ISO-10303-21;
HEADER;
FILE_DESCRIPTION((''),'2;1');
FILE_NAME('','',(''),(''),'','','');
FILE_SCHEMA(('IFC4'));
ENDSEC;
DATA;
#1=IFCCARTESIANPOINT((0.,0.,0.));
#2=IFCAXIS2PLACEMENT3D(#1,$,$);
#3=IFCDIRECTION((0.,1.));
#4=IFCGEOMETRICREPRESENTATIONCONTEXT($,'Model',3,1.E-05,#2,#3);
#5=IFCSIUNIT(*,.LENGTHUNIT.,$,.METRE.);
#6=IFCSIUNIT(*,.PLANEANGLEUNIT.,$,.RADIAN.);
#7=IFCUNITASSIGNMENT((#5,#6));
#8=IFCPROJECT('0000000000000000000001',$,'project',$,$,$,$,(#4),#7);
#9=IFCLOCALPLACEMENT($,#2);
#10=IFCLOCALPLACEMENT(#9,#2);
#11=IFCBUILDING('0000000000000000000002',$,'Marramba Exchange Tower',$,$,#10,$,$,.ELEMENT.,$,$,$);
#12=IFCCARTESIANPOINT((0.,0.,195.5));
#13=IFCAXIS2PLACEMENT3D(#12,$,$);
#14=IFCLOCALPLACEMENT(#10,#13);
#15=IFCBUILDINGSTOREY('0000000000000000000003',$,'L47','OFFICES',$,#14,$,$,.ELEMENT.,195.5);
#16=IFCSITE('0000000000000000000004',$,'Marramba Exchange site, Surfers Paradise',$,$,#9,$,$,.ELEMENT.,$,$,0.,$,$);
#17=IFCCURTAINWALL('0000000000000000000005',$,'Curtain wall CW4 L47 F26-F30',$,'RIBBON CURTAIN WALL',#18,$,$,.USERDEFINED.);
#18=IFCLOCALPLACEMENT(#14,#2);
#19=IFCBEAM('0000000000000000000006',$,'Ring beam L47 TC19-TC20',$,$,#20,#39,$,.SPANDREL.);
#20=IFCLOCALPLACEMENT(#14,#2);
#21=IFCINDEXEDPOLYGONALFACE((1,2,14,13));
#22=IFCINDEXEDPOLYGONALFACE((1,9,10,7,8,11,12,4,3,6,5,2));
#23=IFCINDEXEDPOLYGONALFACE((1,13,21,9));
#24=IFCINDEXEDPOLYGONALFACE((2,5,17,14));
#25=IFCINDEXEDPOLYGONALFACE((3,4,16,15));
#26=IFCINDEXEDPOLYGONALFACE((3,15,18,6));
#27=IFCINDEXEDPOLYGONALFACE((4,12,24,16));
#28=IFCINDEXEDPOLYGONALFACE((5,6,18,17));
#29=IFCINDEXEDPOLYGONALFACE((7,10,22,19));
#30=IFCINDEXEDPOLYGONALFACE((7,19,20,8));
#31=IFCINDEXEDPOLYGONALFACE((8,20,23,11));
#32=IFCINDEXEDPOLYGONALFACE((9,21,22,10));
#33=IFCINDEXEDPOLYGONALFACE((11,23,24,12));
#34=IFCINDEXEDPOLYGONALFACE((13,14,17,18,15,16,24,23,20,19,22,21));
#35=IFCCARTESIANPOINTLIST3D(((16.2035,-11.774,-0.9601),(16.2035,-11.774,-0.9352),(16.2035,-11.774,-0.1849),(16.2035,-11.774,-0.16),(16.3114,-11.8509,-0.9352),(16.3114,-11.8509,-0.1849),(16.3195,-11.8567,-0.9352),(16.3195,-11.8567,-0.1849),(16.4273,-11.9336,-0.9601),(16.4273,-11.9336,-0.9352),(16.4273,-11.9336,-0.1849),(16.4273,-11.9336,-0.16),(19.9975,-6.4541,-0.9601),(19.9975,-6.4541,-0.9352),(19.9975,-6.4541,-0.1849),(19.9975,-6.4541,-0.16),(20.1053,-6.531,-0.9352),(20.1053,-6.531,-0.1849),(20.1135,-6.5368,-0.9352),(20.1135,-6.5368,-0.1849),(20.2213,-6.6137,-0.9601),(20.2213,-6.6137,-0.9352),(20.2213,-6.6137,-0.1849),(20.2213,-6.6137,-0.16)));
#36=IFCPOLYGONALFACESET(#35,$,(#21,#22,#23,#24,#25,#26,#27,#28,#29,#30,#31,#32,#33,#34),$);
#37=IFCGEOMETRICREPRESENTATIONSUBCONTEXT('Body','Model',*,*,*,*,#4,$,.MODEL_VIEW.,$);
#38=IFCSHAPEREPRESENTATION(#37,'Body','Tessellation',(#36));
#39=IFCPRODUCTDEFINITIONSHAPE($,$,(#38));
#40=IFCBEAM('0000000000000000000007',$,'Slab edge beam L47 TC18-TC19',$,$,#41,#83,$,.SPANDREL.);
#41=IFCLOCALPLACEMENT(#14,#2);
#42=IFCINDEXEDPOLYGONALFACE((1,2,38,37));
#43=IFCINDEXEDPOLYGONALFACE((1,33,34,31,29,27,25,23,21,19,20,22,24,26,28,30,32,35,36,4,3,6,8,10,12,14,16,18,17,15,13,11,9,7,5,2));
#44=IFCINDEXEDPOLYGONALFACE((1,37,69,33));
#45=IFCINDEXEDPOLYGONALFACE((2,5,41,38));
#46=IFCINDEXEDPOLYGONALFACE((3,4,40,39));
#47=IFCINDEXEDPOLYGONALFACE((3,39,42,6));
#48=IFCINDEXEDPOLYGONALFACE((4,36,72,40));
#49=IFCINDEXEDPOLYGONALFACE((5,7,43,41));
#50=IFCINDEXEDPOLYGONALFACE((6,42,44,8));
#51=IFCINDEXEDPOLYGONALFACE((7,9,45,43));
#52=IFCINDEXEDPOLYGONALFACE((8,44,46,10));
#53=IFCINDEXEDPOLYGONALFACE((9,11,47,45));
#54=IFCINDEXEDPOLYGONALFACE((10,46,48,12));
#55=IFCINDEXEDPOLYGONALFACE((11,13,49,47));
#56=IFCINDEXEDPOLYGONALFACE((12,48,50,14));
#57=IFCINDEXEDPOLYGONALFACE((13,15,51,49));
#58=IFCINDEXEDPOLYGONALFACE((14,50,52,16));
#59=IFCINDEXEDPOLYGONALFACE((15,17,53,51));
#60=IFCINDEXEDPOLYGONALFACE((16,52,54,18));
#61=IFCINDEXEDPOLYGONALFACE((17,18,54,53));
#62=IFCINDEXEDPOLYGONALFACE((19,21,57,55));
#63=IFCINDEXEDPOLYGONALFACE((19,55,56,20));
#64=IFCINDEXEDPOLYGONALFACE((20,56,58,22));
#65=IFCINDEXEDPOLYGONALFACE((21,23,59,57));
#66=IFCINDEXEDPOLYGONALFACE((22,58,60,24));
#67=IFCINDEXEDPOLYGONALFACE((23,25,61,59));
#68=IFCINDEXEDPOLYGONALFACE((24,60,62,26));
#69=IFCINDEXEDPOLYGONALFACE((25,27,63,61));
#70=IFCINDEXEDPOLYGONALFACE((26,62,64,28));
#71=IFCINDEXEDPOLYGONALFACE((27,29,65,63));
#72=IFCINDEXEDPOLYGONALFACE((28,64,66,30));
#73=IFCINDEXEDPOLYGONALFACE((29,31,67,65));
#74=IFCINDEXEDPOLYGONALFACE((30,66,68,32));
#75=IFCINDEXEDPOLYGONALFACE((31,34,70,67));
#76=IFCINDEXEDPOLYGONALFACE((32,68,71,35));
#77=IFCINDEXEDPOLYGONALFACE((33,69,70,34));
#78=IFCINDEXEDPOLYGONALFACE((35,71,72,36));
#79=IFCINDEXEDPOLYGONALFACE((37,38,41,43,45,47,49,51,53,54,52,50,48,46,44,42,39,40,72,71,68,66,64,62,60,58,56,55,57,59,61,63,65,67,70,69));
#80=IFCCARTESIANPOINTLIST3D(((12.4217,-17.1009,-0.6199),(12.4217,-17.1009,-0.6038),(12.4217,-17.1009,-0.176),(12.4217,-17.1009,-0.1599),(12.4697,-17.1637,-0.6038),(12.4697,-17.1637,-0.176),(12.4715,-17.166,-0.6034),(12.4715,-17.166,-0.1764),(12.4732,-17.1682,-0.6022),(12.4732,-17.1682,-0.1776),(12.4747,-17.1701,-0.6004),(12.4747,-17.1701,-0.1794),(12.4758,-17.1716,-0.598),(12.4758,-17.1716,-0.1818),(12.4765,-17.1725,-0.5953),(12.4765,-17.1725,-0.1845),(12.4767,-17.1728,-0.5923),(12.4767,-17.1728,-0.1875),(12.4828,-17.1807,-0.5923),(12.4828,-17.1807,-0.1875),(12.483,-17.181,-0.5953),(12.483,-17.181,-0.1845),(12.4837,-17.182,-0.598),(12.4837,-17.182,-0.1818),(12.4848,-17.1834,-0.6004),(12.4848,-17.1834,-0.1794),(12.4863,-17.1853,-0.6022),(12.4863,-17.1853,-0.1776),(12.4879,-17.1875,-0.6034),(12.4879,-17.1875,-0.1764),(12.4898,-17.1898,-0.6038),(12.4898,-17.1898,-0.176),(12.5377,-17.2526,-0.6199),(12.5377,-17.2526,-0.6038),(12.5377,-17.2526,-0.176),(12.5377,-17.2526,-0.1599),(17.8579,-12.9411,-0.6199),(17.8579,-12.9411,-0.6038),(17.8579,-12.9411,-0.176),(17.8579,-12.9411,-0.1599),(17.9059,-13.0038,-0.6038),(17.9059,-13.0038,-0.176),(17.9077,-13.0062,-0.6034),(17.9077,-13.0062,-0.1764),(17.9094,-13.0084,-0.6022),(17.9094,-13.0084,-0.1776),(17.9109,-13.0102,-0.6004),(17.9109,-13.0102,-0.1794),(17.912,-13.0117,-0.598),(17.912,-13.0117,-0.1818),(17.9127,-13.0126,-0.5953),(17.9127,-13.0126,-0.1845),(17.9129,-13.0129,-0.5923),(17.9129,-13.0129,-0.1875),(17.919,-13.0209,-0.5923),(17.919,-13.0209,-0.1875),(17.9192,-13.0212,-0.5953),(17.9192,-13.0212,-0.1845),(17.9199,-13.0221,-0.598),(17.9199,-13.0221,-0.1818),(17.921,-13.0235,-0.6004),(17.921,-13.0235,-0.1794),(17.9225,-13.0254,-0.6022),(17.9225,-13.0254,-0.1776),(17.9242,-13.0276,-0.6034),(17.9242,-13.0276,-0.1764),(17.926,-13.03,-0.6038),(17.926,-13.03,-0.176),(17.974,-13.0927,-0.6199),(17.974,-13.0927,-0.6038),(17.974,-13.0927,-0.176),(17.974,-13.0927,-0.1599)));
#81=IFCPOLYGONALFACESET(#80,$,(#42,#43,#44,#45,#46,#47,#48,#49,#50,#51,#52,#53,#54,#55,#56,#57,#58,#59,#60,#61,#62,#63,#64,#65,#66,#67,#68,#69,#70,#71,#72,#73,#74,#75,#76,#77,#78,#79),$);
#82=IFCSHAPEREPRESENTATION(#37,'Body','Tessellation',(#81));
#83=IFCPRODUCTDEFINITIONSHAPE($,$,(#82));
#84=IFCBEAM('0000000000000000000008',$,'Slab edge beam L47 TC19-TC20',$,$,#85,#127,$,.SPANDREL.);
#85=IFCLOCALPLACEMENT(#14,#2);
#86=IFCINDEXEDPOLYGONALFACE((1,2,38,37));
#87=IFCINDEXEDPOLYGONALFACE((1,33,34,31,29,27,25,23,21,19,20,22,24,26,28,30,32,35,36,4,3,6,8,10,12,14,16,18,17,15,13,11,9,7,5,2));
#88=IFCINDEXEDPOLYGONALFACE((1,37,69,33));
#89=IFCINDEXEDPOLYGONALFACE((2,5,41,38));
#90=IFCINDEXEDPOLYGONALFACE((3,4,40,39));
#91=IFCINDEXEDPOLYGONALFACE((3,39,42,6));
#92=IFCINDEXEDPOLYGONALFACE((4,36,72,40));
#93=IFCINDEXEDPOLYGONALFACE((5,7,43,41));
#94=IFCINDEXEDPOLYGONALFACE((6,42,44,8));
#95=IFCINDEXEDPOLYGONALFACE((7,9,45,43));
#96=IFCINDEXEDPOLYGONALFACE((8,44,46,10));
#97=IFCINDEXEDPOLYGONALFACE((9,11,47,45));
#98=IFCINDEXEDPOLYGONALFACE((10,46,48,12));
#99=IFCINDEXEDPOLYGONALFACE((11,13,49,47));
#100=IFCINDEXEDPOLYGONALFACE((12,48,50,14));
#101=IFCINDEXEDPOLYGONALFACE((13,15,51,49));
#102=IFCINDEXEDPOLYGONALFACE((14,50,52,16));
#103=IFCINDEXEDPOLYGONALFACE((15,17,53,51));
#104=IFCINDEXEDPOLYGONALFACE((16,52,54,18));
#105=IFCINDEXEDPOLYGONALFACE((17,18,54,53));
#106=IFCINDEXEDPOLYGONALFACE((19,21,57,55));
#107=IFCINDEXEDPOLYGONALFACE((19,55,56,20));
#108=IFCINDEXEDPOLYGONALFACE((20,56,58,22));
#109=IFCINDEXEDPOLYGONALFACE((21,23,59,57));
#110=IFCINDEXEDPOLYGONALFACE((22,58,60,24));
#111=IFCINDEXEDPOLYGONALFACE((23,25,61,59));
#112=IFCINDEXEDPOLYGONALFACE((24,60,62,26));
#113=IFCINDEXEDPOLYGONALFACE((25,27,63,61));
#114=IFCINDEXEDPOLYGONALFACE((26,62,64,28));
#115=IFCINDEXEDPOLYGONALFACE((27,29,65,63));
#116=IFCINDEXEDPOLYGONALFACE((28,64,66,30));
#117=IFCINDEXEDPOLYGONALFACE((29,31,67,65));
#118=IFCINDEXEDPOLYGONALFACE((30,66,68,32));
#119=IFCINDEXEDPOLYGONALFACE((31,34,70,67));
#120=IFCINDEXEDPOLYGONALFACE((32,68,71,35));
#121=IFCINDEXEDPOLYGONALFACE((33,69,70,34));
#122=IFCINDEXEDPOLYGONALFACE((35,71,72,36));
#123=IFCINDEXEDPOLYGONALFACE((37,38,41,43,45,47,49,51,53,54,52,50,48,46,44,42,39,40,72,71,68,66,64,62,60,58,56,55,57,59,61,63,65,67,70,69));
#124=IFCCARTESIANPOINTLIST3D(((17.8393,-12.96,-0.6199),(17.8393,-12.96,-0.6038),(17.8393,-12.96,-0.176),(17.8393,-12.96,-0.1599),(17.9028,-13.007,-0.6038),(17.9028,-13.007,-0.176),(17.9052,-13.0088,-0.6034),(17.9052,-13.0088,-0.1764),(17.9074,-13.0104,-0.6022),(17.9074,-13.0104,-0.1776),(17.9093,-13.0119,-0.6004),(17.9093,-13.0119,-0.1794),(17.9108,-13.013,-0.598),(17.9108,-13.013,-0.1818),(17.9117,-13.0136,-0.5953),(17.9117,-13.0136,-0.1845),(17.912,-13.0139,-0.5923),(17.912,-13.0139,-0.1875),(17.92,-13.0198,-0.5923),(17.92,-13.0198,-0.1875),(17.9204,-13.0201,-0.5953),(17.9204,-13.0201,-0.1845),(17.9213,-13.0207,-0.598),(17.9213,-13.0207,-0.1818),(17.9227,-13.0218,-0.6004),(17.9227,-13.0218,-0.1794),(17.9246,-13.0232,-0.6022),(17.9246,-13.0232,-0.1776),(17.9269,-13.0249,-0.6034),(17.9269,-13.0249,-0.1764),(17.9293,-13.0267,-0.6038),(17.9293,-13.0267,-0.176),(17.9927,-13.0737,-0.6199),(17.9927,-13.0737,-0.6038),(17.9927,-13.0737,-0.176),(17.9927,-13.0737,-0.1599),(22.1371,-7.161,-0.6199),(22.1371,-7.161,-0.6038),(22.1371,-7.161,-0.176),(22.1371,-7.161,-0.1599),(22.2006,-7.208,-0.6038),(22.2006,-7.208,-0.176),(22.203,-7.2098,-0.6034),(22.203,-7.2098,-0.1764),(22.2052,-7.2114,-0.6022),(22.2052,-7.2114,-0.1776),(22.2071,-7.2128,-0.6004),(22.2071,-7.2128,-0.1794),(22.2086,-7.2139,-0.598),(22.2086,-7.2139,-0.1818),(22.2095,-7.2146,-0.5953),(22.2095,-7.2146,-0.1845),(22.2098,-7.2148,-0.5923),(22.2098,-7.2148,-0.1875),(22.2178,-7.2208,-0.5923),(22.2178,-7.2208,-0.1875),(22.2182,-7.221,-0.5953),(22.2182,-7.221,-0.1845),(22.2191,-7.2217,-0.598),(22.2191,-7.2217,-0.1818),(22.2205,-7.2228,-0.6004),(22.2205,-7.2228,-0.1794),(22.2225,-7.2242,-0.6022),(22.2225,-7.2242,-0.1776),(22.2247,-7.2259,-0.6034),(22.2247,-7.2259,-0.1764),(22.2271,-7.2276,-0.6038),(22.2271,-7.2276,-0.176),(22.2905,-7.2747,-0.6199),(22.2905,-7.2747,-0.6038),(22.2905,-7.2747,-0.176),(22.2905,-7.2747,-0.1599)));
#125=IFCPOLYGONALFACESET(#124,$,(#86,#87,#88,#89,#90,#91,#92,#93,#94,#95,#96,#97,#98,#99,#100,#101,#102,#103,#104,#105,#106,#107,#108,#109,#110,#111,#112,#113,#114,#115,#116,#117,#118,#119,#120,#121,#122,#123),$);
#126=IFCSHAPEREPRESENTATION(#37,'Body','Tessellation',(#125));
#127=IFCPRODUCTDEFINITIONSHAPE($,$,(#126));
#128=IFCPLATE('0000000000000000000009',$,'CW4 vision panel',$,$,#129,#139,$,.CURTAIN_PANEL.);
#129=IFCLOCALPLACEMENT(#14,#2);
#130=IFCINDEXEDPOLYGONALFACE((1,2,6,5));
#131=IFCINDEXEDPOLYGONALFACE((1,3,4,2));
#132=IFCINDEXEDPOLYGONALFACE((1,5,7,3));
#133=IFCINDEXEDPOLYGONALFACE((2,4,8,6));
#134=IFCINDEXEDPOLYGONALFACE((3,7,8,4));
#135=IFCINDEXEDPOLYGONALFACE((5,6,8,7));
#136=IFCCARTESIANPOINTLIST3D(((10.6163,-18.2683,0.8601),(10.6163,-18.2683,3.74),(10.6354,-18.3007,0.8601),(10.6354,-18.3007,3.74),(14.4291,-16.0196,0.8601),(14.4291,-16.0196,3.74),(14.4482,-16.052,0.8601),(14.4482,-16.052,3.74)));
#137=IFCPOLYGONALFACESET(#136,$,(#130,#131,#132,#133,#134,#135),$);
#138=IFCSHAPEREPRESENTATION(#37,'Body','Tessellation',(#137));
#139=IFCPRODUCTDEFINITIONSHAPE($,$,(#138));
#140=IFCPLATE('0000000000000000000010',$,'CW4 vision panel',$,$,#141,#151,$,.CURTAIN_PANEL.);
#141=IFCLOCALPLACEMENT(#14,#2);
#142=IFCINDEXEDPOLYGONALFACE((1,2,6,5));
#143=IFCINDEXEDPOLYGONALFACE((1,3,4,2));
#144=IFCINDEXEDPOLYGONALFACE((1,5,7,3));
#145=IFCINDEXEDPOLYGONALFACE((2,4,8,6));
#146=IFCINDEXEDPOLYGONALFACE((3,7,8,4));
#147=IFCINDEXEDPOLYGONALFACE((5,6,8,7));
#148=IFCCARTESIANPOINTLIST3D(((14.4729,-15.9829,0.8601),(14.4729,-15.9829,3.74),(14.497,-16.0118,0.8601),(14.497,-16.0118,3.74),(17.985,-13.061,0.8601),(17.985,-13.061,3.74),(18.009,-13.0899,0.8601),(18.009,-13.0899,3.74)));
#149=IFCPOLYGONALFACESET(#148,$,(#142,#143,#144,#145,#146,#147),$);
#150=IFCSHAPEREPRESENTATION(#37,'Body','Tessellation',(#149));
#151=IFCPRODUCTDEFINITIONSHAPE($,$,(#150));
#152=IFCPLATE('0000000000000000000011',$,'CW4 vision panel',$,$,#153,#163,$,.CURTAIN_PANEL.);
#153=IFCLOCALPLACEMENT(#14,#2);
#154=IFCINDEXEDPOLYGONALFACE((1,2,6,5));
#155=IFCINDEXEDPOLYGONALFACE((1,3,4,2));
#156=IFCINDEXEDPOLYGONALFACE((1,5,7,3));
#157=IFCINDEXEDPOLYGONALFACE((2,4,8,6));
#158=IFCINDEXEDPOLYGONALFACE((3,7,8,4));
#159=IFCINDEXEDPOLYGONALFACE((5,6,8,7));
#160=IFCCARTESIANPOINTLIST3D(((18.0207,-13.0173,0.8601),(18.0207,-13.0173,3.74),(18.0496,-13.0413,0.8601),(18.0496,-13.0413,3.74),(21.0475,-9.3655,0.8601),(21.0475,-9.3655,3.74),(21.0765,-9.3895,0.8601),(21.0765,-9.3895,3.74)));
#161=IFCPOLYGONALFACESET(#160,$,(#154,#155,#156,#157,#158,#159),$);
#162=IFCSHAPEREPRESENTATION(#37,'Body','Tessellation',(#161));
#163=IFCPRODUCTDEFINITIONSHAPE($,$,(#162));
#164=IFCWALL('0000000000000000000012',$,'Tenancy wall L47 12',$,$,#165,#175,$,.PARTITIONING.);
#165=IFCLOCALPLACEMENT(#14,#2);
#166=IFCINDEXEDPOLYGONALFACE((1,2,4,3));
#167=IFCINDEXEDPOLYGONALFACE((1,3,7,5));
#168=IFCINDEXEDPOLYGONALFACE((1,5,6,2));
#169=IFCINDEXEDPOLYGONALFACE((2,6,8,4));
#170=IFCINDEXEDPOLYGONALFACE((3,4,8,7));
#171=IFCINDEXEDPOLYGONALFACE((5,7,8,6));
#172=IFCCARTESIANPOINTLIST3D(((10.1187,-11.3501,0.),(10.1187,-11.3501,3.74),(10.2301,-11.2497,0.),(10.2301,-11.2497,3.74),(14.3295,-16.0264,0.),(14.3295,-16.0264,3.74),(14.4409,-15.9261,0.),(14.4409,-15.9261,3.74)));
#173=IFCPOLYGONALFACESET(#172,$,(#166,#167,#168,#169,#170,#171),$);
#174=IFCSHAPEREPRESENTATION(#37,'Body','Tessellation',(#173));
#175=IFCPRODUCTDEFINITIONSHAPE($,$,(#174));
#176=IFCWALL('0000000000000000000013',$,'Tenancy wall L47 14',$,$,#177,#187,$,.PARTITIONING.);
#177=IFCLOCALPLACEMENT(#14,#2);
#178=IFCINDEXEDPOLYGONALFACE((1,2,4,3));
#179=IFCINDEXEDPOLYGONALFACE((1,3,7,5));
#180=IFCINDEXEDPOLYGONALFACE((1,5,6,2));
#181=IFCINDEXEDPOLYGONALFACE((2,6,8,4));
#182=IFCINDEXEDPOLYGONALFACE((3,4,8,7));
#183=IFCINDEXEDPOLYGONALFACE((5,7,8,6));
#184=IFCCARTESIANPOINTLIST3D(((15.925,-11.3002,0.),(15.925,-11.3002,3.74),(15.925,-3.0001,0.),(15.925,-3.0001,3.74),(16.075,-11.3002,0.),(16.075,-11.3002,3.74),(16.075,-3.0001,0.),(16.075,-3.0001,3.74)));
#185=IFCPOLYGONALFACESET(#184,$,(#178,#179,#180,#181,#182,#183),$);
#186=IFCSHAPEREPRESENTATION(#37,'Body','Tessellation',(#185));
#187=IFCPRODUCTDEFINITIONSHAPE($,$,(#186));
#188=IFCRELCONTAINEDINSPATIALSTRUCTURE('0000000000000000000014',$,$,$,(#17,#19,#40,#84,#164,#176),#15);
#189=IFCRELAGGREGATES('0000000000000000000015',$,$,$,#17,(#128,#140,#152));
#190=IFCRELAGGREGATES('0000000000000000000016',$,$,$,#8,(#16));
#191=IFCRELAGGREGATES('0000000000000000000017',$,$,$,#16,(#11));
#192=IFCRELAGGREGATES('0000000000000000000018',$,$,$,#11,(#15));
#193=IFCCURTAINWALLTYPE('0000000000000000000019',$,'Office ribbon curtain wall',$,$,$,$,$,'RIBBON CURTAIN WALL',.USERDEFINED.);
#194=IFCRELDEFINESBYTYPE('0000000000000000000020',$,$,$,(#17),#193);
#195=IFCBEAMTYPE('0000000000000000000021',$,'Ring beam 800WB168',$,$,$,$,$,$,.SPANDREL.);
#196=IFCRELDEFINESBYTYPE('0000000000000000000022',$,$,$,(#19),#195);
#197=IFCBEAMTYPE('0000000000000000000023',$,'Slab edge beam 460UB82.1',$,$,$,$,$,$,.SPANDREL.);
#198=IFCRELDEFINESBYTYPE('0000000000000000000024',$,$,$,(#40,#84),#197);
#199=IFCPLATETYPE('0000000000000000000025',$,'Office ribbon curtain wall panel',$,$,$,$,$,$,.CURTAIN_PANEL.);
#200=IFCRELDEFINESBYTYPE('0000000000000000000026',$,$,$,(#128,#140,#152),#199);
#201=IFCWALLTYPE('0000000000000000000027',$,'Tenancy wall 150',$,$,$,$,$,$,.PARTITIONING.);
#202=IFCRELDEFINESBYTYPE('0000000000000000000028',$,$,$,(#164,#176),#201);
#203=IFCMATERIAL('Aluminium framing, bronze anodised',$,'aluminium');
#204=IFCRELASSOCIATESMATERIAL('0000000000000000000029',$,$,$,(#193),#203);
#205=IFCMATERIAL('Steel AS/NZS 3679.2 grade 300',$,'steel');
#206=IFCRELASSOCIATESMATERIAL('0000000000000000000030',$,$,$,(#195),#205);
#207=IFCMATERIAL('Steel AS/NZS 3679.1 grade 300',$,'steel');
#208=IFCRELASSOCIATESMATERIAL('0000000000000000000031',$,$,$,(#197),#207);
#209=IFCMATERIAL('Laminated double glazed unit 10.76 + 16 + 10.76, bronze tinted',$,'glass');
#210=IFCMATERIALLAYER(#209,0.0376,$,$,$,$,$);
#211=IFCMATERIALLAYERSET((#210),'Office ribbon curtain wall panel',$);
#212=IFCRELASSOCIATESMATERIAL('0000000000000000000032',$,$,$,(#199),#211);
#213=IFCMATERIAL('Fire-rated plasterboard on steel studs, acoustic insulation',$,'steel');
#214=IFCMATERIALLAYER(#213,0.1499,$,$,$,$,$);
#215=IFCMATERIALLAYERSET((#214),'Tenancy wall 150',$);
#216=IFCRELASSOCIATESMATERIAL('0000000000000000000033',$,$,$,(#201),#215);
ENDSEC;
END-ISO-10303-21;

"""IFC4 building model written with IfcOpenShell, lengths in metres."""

from ifc_helpers import new_model, si_unit, direction, frame, frame_2d, origin, origin_2d, place, context, subcontext, project, spatial, rectangle, i_section, extrude, material, layer, layer_set, material_profile, profile_set, type_object, element, aggregate, save


model = new_model("IFC4")

# Units and contexts
model_context = context("Model", 3, precision=1e-05, world=origin(), true_north=direction((0.0, 1.0)))
body_context = subcontext(model_context, "Body", "Model", "MODEL_VIEW")
ifc_project = project(units=[si_unit("LENGTHUNIT", "METRE"), si_unit("PLANEANGLEUNIT", "RADIAN")], contexts=[model_context])

# Site, building, storey
site_placement = place(None, origin())
site = spatial("IfcSite", under=ifc_project, at=site_placement, Name="Marramba Exchange site, Surfers Paradise", CompositionType="ELEMENT", RefElevation=0.0)
building_placement = place(site_placement, origin())
building = spatial("IfcBuilding", under=site, at=building_placement, Name="Marramba Exchange Tower", CompositionType="ELEMENT")
storey_placement = place(building_placement, frame((0.0, 0.0, 195.5)))
storey = spatial("IfcBuildingStorey", under=building, at=storey_placement, Name="L47", Description="OFFICES", CompositionType="ELEMENT", Elevation=195.5)

# Shared definitions
ifc_material_1 = material(Name="Steel AS/NZS 3679.2 grade 300", Category="steel")

# Curtain wall
ifc_material_2 = material(Name="Aluminium framing, bronze anodised", Category="aluminium")
curtain_wall_type = type_object("IfcCurtainWallType", Name="Office ribbon curtain wall", ElementType="RIBBON CURTAIN WALL", PredefinedType="USERDEFINED", material=ifc_material_2)
curtain_wall_placement = place(storey_placement, origin())
curtain_wall = element("IfcCurtainWall", 1, at=curtain_wall_placement, inside=storey, type_object=curtain_wall_type, Name="Curtain wall CW4 L47 F26-F30", ObjectType="RIBBON CURTAIN WALL", PredefinedType="USERDEFINED")

# Beams
ifc_material_profile_1 = material_profile(ifc_material_1, i_section(OverallWidth=0.2749, OverallDepth=0.8, WebThickness=0.01, FlangeThickness=0.0249, at=origin_2d()), Name="800WB168")
ifc_profile_set_1 = profile_set([ifc_material_profile_1], Name="Steel AS/NZS 3679.2 grade 300")
beam_type_1 = type_object("IfcBeamType", Name="Ring beam 800WB168", PredefinedType="SPANDREL", material=ifc_profile_set_1)
beam_1_placement = place(storey_placement, frame((16.3154, -11.8538, -0.5601), z_axis=(0.580637, 0.814162, 0.0), x_axis=(-0.814162, 0.580637, 0.0)))
element("IfcBeam", 2, at=beam_1_placement, inside=storey, type_object=beam_type_1, Name="Ring beam L47 TC19-TC20", PredefinedType="SPANDREL", context=body_context, shape_type="SweptSolid", body=[
    extrude(i_section(OverallWidth=0.2749, OverallDepth=0.8, WebThickness=0.01, FlangeThickness=0.0249, at=origin_2d()), origin(), (0.0, 0.0, 1.0), 6.5342),
])
ifc_material_3 = material(Name="Steel AS/NZS 3679.1 grade 300", Category="steel")
ifc_material_profile_2 = material_profile(ifc_material_3, i_section(OverallWidth=0.1909, OverallDepth=0.46, WebThickness=0.01, FlangeThickness=0.0161, FilletRadius=0.0115, at=origin_2d()), Name="460UB82.1")
ifc_profile_set_2 = profile_set([ifc_material_profile_2], Name="Steel AS/NZS 3679.1 grade 300")
beam_type_2 = type_object("IfcBeamType", Name="Slab edge beam 460UB82.1", PredefinedType="SPANDREL", material=ifc_profile_set_2)
beam_2_placement = place(storey_placement, frame((12.4797, -17.1768, -0.3899), z_axis=(0.794163, 0.607704, 0.0), x_axis=(-0.607704, 0.794163, 0.0)))
element("IfcBeam", 3, at=beam_2_placement, inside=storey, type_object=beam_type_2, Name="Slab edge beam L47 TC18-TC19", PredefinedType="SPANDREL", context=body_context, shape_type="SweptSolid", body=[
    extrude(i_section(OverallWidth=0.1909, OverallDepth=0.46, WebThickness=0.01, FlangeThickness=0.0161, FilletRadius=0.0115, at=origin_2d()), origin(), (0.0, 0.0, 1.0), 6.8452),
])
beam_3_placement = place(storey_placement, frame((17.916, -13.0168, -0.3899), z_axis=(0.595428, 0.803409, 0.0), x_axis=(-0.803409, 0.595428, 0.0)))
element("IfcBeam", 4, at=beam_3_placement, inside=storey, type_object=beam_type_2, Name="Slab edge beam L47 TC19-TC20", PredefinedType="SPANDREL", context=body_context, shape_type="SweptSolid", body=[
    extrude(i_section(OverallWidth=0.1909, OverallDepth=0.46, WebThickness=0.01, FlangeThickness=0.0161, FilletRadius=0.0115, at=origin_2d()), origin(), (0.0, 0.0, 1.0), 7.218),
])

# Plates
ifc_material_4 = material(Name="Laminated double glazed unit 10.76 + 16 + 10.76, bronze tinted", Category="glass")
ifc_layer_1 = layer(ifc_material_4, 0.0376)
ifc_layer_set_1 = layer_set([ifc_layer_1], Name="Office ribbon curtain wall panel")
plate_type = type_object("IfcPlateType", Name="Office ribbon curtain wall panel", PredefinedType="CURTAIN_PANEL", material=ifc_layer_set_1)
plate_1_placement = place(storey_placement, frame((12.5322, -17.1602, 0.8601), z_axis=(0.0, 0.0, 1.0), x_axis=(0.861351, 0.508011, 0.0)))
plate_1 = element("IfcPlate", 5, at=plate_1_placement, type_object=plate_type, Name="CW4 vision panel", PredefinedType="CURTAIN_PANEL", context=body_context, shape_type="SweptSolid", body=[
    extrude(rectangle(XDim=4.4265, YDim=0.0376, at=origin_2d()), origin(), (0.0, 0.0, 1.0), 2.8799),
])
plate_2_placement = place(storey_placement, frame((16.241, -14.5364, 0.8601), z_axis=(0.0, 0.0, 1.0), x_axis=(0.768737, 0.639565, 0.0)))
plate_2 = element("IfcPlate", 6, at=plate_2_placement, type_object=plate_type, Name="CW4 vision panel", PredefinedType="CURTAIN_PANEL", context=body_context, shape_type="SweptSolid", body=[
    extrude(rectangle(XDim=4.5686, YDim=0.0376, at=origin_2d()), origin(), (0.0, 0.0, 1.0), 2.8799),
])
plate_3_placement = place(storey_placement, frame((19.5486, -11.2034, 0.8601), z_axis=(0.0, 0.0, 1.0), x_axis=(0.63815, 0.769912, 0.0)))
plate_3 = element("IfcPlate", 7, at=plate_3_placement, type_object=plate_type, Name="CW4 vision panel", PredefinedType="CURTAIN_PANEL", context=body_context, shape_type="SweptSolid", body=[
    extrude(rectangle(XDim=4.7432, YDim=0.0376, at=origin_2d()), origin(), (0.0, 0.0, 1.0), 2.8799),
])
aggregate(curtain_wall, [plate_1, plate_2, plate_3])

# Walls
ifc_material_5 = material(Name="Fire-rated plasterboard on steel studs, acoustic insulation", Category="steel")
ifc_layer_2 = layer(ifc_material_5, 0.1499)
ifc_layer_set_2 = layer_set([ifc_layer_2], Name="Tenancy wall 150")
wall_type = type_object("IfcWallType", Name="Tenancy wall 150", PredefinedType="PARTITIONING", material=ifc_layer_set_2)
wall_1_placement = place(storey_placement, frame((14.3853, -15.9763, 0.0), z_axis=(0.0, 0.0, 1.0), x_axis=(-0.669145, 0.743132, 0.0)))
element("IfcWall", 8, at=wall_1_placement, inside=storey, type_object=wall_type, Name="Tenancy wall L47 12", PredefinedType="PARTITIONING", context=body_context, shape_type="SweptSolid", body=[
    extrude(rectangle(XDim=6.2927, YDim=0.1499, at=frame_2d((3.1465, 0.0))), origin(), (0.0, 0.0, 1.0), 3.74),
])
wall_2_placement = place(storey_placement, frame((16.0, -11.3, 0.0), z_axis=(0.0, 0.0, 1.0), x_axis=(0.0, 1.0, 0.0)))
element("IfcWall", 9, at=wall_2_placement, inside=storey, type_object=wall_type, Name="Tenancy wall L47 14", PredefinedType="PARTITIONING", context=body_context, shape_type="SweptSolid", body=[
    extrude(rectangle(XDim=8.3, YDim=0.1499, at=frame_2d((4.1499, 0.0))), origin(), (0.0, 0.0, 1.0), 3.74),
])

save(model, "model.ifc")
